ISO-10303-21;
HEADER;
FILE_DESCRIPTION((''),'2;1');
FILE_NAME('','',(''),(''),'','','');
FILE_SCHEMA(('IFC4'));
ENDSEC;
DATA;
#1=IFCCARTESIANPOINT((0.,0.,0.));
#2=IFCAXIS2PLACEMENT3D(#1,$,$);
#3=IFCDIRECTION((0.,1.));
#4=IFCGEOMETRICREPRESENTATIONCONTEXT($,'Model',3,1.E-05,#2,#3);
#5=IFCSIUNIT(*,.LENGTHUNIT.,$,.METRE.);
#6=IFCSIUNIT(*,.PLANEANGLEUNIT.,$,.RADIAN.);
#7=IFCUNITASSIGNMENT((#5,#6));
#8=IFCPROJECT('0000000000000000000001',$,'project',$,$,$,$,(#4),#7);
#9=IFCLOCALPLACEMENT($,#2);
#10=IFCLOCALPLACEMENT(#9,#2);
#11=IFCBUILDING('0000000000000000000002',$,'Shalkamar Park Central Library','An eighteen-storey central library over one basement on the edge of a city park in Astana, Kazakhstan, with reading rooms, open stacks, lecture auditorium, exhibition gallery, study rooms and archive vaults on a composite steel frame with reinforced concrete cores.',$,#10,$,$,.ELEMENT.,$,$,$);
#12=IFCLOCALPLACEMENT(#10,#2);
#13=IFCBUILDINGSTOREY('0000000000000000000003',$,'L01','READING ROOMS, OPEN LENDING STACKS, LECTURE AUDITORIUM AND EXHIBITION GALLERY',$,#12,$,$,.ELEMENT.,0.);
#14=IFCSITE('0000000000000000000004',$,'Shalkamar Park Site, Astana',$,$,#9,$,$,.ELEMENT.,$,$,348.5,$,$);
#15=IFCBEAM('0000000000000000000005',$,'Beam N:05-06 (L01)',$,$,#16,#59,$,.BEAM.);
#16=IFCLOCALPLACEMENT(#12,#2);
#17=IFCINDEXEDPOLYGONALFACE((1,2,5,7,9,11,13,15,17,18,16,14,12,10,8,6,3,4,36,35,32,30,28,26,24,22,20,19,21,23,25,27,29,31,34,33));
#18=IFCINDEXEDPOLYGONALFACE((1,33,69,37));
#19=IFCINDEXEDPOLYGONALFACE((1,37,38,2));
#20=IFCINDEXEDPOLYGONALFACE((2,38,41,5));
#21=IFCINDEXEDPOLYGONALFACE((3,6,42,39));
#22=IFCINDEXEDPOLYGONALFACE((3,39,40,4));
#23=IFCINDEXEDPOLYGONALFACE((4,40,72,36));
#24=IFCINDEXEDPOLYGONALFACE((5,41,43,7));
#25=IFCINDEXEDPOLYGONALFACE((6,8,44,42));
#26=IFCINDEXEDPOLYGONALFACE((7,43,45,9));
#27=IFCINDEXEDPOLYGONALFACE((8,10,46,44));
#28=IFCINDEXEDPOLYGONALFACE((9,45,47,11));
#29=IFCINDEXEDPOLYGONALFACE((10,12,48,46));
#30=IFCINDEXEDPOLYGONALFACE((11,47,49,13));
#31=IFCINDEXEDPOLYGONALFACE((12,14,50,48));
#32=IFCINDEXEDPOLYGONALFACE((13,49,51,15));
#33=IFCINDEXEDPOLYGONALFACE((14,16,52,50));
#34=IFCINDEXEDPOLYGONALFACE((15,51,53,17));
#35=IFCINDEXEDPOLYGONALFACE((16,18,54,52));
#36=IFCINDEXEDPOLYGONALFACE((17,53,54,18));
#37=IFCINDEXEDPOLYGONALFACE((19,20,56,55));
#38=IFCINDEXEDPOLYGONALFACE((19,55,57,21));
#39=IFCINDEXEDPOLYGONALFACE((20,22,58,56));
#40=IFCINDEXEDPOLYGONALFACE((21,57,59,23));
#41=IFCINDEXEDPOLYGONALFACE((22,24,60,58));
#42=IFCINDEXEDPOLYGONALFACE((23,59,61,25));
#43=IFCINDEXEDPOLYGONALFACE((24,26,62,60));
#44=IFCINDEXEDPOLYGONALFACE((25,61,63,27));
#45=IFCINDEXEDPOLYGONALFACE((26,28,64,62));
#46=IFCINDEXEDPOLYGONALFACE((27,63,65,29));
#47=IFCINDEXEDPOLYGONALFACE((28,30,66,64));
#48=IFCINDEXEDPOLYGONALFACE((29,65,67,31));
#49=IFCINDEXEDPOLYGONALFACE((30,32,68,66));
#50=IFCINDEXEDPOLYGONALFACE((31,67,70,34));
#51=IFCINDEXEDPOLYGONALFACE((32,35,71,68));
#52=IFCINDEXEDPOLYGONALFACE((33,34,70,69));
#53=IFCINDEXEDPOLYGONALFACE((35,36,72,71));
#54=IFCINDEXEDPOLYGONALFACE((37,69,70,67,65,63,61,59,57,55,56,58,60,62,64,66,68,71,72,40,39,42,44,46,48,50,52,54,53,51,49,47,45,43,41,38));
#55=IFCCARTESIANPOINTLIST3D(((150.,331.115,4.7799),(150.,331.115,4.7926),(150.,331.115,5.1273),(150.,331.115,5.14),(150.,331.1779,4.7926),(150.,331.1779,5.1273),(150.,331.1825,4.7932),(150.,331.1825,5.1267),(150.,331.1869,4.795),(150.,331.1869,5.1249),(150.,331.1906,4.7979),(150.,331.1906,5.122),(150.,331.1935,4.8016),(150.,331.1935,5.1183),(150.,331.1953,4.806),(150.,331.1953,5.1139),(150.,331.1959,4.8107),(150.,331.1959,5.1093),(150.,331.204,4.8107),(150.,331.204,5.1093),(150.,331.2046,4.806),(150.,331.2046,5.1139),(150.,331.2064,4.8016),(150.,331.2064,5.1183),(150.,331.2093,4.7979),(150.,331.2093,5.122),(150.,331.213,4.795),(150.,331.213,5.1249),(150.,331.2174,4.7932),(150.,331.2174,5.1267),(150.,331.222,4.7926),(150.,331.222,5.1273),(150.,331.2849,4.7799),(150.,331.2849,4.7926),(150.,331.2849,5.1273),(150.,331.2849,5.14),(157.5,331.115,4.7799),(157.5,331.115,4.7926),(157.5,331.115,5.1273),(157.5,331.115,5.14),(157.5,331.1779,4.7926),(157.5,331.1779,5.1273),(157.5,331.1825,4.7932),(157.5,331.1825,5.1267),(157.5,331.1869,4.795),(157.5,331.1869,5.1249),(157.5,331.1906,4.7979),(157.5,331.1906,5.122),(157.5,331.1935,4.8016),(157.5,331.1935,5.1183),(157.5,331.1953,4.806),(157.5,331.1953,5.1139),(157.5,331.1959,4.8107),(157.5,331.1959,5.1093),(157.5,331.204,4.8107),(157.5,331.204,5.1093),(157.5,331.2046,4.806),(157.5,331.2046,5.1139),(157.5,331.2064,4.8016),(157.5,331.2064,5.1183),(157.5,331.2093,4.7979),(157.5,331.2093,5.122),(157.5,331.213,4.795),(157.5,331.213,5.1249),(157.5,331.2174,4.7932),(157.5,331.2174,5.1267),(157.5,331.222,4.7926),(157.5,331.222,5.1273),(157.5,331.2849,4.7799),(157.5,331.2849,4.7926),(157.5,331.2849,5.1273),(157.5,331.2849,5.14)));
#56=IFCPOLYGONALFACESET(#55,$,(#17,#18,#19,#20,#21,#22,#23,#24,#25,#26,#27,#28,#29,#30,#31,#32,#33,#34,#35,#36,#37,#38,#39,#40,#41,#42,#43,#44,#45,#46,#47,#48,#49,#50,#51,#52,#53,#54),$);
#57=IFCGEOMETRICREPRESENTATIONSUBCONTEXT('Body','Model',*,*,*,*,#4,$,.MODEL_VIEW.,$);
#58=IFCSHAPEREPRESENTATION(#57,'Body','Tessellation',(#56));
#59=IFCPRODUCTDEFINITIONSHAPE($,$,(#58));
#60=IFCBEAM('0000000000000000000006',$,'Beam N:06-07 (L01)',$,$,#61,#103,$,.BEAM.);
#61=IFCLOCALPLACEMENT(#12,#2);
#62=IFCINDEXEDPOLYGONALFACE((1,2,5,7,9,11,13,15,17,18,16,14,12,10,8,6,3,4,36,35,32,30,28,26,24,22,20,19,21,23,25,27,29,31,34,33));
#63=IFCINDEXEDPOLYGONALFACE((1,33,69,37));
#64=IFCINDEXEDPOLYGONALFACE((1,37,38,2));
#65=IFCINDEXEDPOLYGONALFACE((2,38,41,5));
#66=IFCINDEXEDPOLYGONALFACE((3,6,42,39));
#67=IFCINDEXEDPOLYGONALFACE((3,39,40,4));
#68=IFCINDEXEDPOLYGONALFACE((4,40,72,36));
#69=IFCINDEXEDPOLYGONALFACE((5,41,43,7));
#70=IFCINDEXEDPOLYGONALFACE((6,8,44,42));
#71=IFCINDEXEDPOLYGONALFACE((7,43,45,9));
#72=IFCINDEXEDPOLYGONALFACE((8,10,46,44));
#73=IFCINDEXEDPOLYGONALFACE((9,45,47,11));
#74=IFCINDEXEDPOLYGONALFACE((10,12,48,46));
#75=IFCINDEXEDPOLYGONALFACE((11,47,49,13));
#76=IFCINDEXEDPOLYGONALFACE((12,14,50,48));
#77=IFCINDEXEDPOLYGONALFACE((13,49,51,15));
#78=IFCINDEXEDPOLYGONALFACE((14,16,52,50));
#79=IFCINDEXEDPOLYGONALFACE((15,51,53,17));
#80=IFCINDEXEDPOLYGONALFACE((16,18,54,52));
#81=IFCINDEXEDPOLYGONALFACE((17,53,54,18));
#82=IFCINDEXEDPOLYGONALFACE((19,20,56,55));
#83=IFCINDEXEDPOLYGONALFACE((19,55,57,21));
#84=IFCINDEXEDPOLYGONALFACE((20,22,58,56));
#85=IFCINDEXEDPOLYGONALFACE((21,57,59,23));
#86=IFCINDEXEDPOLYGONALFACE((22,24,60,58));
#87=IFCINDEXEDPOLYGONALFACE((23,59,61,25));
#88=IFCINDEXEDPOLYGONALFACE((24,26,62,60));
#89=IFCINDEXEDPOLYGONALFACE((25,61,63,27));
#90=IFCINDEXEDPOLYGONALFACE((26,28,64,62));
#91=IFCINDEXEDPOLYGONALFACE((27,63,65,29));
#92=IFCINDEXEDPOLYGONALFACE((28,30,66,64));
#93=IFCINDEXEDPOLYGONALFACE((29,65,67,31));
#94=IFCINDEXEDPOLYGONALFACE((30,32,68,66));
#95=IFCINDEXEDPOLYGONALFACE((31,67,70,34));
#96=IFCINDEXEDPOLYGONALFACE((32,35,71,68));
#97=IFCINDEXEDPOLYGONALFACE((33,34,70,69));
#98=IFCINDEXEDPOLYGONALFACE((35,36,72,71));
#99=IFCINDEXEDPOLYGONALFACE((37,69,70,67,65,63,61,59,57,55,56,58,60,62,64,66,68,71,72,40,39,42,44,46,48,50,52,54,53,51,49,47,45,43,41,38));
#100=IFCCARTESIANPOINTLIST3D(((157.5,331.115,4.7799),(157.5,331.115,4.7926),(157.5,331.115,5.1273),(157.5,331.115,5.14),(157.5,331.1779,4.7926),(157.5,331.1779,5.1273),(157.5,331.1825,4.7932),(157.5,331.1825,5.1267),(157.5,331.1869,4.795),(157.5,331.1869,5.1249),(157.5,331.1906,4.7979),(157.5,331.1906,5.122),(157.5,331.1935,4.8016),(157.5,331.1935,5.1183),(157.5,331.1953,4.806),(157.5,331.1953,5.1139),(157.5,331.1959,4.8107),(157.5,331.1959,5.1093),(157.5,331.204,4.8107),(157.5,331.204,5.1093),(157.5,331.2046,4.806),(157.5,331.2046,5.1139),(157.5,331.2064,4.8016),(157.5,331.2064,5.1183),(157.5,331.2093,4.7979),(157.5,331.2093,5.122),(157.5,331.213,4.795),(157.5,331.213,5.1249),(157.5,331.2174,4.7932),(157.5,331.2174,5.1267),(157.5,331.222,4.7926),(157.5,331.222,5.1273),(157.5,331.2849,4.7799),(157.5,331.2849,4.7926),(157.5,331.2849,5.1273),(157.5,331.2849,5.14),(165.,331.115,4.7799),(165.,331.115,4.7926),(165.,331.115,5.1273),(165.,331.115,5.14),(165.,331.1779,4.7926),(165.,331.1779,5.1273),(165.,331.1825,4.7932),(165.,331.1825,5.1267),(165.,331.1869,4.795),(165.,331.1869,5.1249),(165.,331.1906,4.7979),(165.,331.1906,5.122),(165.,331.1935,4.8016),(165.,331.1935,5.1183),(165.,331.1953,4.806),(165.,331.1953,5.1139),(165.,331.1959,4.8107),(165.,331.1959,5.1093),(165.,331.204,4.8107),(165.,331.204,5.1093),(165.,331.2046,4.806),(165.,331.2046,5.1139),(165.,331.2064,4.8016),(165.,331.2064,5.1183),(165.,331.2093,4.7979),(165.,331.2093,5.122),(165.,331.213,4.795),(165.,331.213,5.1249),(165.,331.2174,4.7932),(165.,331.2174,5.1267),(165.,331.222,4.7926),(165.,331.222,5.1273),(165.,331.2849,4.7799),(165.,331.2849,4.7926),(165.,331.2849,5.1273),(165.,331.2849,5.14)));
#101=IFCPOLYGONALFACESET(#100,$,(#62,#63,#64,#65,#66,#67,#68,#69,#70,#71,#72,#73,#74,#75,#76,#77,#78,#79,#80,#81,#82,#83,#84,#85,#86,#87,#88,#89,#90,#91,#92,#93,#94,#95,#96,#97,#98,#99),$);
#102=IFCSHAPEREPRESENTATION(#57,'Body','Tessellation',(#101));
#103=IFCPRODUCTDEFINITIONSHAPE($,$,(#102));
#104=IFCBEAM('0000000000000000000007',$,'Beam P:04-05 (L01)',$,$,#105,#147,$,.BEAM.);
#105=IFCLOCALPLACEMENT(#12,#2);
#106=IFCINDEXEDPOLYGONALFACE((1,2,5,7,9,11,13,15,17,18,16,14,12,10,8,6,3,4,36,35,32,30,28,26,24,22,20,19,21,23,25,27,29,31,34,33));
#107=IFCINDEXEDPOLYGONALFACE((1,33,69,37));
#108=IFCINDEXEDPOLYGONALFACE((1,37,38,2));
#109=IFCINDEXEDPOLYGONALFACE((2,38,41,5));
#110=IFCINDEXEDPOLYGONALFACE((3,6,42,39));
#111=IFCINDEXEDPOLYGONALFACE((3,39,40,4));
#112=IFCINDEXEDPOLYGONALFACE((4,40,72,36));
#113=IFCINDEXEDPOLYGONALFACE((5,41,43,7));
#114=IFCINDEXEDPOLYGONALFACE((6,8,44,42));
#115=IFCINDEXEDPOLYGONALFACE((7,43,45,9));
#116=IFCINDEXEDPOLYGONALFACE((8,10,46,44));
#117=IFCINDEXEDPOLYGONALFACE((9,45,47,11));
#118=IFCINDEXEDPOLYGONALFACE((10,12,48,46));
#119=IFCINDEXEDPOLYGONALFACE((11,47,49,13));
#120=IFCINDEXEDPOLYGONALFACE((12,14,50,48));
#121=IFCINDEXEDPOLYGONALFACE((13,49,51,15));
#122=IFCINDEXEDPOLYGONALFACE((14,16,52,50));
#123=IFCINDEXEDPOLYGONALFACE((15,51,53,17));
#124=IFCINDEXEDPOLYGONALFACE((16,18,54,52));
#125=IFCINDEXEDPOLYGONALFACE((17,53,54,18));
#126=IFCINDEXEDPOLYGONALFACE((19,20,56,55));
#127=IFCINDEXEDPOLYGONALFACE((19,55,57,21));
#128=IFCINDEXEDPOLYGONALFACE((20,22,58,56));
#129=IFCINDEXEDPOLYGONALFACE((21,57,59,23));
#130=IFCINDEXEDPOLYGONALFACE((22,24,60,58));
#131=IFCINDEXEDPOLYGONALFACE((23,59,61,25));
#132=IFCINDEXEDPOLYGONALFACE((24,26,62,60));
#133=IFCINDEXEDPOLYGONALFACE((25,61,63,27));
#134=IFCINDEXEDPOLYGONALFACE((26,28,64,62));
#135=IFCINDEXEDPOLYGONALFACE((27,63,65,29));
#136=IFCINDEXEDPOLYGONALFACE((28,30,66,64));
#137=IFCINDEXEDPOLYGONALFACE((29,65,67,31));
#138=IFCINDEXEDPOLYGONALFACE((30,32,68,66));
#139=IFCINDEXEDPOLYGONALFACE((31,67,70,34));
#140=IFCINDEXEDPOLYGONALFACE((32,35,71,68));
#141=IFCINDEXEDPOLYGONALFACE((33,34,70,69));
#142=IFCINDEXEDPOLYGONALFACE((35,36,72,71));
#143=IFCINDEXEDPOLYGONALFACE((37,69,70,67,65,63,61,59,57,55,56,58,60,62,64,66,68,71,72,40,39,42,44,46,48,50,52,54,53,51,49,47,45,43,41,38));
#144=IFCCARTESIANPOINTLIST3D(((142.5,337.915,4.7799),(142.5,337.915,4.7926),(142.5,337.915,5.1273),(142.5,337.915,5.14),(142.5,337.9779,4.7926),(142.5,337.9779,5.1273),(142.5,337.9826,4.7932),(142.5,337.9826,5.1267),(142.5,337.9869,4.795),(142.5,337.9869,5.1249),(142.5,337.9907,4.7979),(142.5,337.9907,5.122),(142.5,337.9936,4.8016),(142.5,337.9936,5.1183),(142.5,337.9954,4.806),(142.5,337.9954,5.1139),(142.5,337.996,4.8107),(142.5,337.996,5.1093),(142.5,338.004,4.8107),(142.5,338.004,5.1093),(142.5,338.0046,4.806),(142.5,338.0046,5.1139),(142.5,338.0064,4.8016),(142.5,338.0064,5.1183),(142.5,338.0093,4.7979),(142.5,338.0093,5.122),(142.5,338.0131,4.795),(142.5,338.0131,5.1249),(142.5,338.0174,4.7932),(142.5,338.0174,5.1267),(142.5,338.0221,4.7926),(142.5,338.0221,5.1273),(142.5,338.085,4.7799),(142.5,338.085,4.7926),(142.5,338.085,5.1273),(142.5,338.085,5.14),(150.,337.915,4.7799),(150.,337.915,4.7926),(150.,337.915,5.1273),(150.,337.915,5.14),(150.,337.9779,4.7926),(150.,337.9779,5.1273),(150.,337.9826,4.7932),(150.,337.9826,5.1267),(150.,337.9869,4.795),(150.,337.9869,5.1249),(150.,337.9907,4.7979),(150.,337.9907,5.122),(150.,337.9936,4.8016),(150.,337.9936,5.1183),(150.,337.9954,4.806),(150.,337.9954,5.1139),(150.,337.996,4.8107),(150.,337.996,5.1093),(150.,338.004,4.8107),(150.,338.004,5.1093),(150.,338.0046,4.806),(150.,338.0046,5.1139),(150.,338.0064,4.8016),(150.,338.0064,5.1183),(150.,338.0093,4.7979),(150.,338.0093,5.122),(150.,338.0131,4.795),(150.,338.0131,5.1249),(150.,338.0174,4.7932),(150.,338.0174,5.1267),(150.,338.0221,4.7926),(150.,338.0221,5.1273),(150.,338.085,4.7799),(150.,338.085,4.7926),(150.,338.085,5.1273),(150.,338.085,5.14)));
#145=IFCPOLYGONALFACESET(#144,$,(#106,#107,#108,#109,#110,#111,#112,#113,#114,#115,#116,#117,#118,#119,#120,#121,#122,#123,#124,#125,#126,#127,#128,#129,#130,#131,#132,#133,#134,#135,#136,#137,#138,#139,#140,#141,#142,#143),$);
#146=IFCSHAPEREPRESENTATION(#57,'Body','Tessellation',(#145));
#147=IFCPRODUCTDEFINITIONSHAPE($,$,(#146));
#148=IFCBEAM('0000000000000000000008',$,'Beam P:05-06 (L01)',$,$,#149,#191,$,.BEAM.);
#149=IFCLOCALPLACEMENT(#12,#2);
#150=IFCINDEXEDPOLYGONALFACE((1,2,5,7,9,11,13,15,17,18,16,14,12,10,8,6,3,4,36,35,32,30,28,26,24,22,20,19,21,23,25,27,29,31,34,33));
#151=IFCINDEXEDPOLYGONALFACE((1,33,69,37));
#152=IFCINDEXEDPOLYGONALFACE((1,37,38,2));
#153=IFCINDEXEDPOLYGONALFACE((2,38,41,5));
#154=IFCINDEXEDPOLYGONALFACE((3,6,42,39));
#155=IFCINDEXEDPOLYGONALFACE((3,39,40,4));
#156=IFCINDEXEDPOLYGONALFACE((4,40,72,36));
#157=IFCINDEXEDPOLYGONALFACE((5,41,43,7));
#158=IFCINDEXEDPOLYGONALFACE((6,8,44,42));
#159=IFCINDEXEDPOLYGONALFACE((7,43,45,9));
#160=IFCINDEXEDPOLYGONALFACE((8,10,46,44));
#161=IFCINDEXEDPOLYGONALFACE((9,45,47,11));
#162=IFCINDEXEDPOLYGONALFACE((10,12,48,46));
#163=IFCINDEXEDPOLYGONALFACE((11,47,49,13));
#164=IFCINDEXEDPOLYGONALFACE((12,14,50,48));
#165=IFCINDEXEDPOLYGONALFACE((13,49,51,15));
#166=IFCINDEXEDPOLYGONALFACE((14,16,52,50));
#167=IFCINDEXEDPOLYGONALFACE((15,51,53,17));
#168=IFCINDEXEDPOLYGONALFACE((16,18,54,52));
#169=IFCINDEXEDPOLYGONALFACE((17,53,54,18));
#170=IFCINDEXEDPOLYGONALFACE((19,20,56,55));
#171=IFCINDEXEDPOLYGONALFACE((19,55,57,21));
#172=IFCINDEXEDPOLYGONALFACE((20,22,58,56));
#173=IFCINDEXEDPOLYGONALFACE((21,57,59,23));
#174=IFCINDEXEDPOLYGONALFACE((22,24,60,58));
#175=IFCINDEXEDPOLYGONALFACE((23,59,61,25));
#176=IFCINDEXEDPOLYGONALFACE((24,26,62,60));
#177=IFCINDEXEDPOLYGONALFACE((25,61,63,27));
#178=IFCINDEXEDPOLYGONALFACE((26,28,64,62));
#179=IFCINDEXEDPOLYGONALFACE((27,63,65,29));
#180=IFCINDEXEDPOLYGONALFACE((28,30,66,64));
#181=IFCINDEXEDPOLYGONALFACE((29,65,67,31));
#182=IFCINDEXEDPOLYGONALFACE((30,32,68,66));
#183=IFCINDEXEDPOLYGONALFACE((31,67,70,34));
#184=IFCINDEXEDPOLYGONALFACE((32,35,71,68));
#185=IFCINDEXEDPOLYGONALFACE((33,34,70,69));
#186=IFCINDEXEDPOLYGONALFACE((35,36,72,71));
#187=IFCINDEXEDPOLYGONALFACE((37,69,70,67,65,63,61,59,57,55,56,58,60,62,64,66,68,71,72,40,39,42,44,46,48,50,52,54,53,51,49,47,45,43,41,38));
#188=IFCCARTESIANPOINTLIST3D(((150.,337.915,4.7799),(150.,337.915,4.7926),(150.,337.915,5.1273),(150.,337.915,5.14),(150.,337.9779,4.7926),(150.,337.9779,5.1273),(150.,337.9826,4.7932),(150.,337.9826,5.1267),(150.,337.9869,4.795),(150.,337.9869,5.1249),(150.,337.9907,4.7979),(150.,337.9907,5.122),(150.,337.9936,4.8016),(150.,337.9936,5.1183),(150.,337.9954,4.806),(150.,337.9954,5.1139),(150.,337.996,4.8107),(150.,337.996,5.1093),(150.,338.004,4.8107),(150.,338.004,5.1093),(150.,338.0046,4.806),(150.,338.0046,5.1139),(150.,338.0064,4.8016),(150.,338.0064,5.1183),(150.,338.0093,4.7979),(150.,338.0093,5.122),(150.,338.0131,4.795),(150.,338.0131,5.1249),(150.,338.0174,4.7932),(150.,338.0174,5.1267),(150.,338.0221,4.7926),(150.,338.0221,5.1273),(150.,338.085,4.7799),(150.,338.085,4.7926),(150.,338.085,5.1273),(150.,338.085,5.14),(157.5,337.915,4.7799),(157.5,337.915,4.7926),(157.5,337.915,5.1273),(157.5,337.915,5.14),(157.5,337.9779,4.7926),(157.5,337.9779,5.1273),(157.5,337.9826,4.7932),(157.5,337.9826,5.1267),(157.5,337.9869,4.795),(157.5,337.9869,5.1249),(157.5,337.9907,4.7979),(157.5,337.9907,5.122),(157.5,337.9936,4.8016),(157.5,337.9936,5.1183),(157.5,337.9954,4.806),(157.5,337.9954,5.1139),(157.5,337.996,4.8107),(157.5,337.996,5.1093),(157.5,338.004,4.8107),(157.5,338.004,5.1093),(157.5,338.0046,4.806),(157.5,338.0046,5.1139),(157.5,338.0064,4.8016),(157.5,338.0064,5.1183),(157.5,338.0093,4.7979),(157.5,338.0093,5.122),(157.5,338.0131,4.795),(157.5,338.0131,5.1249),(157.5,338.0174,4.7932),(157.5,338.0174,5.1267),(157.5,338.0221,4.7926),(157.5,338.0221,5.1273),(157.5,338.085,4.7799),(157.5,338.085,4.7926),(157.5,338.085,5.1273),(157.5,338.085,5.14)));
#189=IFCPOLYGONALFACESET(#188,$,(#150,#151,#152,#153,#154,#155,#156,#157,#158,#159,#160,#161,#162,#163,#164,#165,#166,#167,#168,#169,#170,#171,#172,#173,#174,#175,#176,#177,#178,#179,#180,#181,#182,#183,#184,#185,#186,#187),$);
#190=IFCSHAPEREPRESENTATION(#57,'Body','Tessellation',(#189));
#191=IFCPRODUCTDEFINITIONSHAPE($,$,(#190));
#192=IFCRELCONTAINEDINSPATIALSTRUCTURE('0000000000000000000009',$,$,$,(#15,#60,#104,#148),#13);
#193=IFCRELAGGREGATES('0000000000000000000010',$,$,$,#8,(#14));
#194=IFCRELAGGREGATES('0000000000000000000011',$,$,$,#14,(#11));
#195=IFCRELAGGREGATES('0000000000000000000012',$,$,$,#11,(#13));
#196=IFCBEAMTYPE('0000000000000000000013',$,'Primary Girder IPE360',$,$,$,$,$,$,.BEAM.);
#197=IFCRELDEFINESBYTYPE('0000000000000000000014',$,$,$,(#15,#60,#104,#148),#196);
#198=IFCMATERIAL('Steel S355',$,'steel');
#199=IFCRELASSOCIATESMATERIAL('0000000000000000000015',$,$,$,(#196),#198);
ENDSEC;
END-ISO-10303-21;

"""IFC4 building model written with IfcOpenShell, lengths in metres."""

from ifc_helpers import new_model, si_unit, direction, frame, origin, origin_2d, place, context, subcontext, project, spatial, i_section, extrude, material, material_profile, profile_set, type_object, element, save


model = new_model("IFC4")

# Units and contexts
model_context = context("Model", 3, precision=1e-05, world=origin(), true_north=direction((0.0, 1.0)))
body_context = subcontext(model_context, "Body", "Model", "MODEL_VIEW")
ifc_project = project(units=[si_unit("LENGTHUNIT", "METRE"), si_unit("PLANEANGLEUNIT", "RADIAN")], contexts=[model_context])

# Site, building, storey
site_placement = place(None, origin())
site = spatial("IfcSite", under=ifc_project, at=site_placement, Name="Shalkamar Park Site, Astana", CompositionType="ELEMENT", RefElevation=348.5)
building_placement = place(site_placement, origin())
building = spatial("IfcBuilding", under=site, at=building_placement, Name="Shalkamar Park Central Library", Description="An eighteen-storey central library over one basement on the edge of a city park in Astana, Kazakhstan, with reading rooms, open stacks, lecture auditorium, exhibition gallery, study rooms and archive vaults on a composite steel frame with reinforced concrete cores.", CompositionType="ELEMENT")
storey_placement = place(building_placement, origin())
storey = spatial("IfcBuildingStorey", under=building, at=storey_placement, Name="L01", Description="READING ROOMS, OPEN LENDING STACKS, LECTURE AUDITORIUM AND EXHIBITION GALLERY", CompositionType="ELEMENT", Elevation=0.0)

# Shared definitions
ifc_material_1 = material(Name="Steel S355", Category="steel")

# Beams
ifc_material_profile_1 = material_profile(ifc_material_1, i_section(OverallWidth=0.1699, OverallDepth=0.3601, WebThickness=0.0081, FlangeThickness=0.0127, FilletRadius=0.0181, at=origin_2d()), Name="IPE 360")
ifc_profile_set_1 = profile_set([ifc_material_profile_1], Name="Steel S355")
beam_type_1 = type_object("IfcBeamType", Name="Primary Girder IPE360", PredefinedType="BEAM", material=ifc_profile_set_1)
for number, where, z_axis, x_axis, name in (
    (1, (150.0, 331.2, 4.96), (1.0, 0.0, 0.0), (0.0, 1.0, 0.0), "Beam N:05-06 (L01)"),
    (2, (157.5, 331.2, 4.96), (1.0, 0.0, 0.0), (0.0, 1.0, 0.0), "Beam N:06-07 (L01)"),
    (3, (142.5, 338.0, 4.96), (1.0, 0.0, 0.0), (0.0, 1.0, 0.0), "Beam P:04-05 (L01)"),
    (4, (150.0, 338.0, 4.96), (1.0, 0.0, 0.0), (0.0, 1.0, 0.0), "Beam P:05-06 (L01)"),
):
    element("IfcBeam", number, at=place(storey_placement, frame(where, z_axis=z_axis, x_axis=x_axis)), inside=storey, type_object=beam_type_1, Name=name, PredefinedType="BEAM", context=body_context, shape_type="SweptSolid", body=[
        extrude(i_section(OverallWidth=0.1699, OverallDepth=0.3601, WebThickness=0.0081, FlangeThickness=0.0127, FilletRadius=0.0181, at=origin_2d()), origin(), (0.0, 0.0, 1.0), 7.5),
    ])

save(model, "model.ifc")
